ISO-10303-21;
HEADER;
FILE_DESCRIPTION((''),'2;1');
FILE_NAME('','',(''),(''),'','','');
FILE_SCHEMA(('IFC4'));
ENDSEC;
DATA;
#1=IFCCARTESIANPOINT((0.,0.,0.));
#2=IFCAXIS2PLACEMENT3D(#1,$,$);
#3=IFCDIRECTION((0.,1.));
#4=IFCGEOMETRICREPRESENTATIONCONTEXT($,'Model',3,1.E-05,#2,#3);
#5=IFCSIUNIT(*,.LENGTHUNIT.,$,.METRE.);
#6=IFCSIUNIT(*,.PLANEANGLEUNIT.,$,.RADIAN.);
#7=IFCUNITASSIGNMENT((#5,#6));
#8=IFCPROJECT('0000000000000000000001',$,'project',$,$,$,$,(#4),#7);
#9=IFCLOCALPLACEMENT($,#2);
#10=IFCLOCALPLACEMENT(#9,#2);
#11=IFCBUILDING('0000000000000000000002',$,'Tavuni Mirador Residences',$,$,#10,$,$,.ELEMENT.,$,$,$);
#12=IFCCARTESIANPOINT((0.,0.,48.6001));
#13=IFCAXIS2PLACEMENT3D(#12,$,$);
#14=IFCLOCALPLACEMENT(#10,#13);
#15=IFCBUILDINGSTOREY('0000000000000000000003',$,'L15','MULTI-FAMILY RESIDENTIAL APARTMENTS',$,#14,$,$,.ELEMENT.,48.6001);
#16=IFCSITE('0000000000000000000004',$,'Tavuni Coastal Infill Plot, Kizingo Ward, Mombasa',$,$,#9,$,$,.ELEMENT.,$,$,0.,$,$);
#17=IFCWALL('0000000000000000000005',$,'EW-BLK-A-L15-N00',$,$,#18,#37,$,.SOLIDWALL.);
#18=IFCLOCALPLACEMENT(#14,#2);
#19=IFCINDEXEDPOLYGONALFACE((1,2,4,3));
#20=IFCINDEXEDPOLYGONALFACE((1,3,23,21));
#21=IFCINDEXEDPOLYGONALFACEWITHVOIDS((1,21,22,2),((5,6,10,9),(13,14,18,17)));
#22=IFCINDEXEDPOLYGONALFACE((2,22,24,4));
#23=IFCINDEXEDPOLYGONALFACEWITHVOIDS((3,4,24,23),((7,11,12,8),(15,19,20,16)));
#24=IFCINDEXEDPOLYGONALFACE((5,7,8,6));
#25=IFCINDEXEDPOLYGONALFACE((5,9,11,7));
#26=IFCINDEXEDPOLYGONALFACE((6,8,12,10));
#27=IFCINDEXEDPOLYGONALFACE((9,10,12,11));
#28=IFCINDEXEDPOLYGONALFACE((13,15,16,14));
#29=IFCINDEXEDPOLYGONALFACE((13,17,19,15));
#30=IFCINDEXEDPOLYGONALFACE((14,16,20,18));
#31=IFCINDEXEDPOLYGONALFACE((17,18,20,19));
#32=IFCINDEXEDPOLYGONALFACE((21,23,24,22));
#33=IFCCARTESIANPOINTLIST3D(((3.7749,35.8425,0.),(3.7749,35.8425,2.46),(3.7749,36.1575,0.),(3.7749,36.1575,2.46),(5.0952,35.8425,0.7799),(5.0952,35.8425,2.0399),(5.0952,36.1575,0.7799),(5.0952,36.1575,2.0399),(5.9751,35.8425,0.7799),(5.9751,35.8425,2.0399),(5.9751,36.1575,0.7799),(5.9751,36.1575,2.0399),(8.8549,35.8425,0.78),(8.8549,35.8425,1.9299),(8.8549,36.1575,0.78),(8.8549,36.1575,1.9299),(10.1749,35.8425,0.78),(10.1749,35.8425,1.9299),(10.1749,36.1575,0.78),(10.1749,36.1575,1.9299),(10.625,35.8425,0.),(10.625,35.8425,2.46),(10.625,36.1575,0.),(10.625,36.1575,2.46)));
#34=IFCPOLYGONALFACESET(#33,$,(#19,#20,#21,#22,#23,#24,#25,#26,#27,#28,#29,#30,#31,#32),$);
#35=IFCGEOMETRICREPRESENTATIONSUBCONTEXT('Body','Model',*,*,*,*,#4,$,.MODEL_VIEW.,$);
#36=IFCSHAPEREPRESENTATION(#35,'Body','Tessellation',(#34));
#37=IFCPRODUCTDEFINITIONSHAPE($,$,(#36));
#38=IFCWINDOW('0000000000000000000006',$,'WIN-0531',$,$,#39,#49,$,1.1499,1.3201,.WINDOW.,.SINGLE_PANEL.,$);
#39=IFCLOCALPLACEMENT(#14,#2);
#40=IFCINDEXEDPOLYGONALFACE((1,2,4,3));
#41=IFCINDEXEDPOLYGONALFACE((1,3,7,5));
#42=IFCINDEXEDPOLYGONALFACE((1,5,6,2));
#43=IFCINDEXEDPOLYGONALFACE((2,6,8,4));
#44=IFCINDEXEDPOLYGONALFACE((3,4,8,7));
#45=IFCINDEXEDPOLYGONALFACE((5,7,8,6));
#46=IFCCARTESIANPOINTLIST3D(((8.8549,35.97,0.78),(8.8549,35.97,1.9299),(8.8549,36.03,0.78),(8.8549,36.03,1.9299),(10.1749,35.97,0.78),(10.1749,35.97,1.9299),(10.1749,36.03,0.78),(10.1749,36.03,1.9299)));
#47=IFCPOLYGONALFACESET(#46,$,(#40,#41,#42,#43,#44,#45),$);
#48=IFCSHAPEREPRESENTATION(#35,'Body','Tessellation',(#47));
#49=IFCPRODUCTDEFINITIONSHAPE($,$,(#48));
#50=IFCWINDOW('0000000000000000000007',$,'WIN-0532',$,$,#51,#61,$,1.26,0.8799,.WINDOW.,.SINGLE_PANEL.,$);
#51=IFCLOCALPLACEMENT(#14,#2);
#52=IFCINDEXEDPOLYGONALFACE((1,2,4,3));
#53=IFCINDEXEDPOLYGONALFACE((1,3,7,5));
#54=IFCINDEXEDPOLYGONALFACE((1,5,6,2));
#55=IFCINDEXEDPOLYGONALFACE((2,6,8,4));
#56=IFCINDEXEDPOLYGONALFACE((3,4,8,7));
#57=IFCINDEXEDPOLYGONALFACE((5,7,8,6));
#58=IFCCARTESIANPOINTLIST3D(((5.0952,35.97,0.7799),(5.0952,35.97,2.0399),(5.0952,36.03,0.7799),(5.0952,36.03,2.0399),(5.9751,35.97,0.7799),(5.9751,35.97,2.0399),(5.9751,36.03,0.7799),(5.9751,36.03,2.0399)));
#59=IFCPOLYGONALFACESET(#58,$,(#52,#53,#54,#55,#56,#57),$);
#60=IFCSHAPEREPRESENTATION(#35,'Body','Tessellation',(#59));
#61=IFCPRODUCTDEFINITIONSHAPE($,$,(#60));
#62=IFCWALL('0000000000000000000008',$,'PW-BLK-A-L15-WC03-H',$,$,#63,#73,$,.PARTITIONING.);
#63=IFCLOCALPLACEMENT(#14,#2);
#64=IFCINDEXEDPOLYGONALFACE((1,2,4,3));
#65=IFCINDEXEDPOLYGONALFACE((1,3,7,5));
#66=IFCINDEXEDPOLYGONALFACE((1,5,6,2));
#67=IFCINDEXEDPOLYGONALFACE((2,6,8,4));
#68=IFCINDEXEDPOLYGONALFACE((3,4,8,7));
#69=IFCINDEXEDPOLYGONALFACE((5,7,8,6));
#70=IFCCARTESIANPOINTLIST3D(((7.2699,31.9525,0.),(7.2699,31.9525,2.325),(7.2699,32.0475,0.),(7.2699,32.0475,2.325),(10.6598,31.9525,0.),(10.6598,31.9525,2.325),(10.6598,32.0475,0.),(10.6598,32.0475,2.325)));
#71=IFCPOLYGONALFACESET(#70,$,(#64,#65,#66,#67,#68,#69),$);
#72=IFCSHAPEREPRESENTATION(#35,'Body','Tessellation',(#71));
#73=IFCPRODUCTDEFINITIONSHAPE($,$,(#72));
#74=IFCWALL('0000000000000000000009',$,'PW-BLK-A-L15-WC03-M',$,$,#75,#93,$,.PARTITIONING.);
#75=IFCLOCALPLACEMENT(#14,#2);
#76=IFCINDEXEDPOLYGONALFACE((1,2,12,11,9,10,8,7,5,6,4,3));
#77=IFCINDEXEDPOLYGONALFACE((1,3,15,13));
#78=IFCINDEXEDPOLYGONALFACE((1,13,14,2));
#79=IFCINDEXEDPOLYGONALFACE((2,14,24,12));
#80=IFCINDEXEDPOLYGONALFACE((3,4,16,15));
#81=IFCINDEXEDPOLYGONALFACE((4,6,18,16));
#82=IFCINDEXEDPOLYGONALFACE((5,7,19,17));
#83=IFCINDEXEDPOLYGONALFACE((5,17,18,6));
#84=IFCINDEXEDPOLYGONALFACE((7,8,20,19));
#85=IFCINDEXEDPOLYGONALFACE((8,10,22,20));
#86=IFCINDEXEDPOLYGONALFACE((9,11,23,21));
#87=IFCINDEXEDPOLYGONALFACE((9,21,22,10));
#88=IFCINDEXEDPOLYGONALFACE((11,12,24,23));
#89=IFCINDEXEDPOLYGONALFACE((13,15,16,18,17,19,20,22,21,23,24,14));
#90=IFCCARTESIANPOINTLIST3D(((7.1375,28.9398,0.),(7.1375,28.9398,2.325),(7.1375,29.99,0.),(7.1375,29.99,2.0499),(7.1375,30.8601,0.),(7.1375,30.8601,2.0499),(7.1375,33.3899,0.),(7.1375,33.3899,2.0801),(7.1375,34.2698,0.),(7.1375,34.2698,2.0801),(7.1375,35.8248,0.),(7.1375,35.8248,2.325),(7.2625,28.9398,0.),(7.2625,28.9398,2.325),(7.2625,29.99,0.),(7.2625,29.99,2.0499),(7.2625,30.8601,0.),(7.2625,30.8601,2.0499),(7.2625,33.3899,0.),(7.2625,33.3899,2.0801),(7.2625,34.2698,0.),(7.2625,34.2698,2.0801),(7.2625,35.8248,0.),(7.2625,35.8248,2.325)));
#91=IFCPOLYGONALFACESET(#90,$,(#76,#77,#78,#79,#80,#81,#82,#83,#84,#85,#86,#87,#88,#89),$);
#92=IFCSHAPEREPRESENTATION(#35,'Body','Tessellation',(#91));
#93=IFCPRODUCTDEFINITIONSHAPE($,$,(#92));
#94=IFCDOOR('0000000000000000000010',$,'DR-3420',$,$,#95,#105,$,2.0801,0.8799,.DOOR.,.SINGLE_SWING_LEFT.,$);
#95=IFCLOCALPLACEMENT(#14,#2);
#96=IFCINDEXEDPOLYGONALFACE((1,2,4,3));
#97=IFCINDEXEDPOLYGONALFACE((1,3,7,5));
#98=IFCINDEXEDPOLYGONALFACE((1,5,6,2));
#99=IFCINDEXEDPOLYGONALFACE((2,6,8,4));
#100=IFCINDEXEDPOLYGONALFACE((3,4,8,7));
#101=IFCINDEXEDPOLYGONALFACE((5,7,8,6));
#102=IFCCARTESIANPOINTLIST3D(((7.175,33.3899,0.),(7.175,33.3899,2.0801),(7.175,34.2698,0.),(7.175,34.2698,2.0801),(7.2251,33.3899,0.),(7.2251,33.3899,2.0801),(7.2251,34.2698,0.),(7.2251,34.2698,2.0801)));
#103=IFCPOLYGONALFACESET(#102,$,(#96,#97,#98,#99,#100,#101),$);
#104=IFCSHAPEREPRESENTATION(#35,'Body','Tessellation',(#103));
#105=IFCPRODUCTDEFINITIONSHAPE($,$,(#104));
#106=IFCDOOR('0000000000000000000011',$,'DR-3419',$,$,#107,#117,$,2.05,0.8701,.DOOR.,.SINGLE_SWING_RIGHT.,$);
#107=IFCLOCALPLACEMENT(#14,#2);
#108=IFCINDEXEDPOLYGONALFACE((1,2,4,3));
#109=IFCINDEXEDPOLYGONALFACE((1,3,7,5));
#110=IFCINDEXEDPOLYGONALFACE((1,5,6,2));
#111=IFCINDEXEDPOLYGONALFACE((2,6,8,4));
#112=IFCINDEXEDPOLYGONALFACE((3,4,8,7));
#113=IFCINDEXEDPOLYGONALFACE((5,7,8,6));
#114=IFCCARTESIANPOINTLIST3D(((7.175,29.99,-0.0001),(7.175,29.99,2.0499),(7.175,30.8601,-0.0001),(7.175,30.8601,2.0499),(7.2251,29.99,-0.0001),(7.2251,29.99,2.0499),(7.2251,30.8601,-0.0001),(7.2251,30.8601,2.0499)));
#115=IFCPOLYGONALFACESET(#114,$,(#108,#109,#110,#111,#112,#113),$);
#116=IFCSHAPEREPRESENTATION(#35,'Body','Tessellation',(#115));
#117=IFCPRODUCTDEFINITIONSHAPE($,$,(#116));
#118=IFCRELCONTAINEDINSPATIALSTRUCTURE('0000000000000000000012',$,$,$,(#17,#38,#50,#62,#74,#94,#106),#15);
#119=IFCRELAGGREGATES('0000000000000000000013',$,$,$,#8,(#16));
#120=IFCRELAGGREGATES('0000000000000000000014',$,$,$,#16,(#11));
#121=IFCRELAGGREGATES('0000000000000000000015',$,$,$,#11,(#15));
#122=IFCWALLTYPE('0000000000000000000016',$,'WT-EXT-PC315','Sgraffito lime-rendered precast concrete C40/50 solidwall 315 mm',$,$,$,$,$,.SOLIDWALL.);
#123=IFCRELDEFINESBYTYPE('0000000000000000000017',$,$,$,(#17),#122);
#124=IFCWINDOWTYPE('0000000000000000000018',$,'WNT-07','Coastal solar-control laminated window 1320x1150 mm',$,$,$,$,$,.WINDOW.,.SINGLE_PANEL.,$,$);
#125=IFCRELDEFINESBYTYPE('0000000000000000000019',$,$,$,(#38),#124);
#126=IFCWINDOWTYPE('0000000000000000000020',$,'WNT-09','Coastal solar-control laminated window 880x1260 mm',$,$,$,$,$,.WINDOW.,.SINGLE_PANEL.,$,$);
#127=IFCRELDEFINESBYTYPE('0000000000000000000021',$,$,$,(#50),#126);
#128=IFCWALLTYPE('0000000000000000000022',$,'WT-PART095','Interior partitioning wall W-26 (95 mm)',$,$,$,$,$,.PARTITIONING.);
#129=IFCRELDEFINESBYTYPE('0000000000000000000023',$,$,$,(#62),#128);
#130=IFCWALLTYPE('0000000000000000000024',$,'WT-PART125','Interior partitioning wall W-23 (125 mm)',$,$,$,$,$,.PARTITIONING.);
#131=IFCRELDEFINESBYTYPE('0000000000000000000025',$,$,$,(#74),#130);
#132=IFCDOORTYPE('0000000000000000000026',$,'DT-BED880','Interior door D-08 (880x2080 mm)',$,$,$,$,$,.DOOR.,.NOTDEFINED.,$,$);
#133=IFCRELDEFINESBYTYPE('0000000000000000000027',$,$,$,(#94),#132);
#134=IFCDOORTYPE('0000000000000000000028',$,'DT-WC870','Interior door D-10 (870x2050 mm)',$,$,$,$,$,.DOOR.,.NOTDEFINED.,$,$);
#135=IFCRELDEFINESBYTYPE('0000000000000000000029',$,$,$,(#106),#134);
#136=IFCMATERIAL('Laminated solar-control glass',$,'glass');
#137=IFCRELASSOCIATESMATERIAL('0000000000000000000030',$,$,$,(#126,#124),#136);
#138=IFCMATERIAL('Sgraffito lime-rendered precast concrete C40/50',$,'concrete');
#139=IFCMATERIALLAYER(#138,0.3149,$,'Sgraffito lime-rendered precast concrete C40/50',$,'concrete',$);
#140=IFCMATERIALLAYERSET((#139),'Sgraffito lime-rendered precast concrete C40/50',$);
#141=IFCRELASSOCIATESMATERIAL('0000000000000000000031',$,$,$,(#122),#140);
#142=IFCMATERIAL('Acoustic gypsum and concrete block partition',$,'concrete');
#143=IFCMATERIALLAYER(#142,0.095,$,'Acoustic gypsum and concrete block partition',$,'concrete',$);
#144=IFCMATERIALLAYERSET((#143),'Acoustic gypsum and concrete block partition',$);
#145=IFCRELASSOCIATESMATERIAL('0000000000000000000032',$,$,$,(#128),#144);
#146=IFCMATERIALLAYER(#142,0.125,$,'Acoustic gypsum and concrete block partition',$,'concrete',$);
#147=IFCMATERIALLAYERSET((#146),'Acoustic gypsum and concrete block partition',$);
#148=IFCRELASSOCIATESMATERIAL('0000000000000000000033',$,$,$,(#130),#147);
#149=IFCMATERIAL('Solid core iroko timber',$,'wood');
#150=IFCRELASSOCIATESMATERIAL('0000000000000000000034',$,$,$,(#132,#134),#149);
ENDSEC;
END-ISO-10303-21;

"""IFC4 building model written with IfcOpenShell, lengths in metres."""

from ifc_helpers import new_model, si_unit, direction, frame, frame_2d, origin, place, context, subcontext, project, spatial, rectangle, extrude, material, layer, layer_set, type_object, element, fill, save


model = new_model("IFC4")

# Units and contexts
model_context = context("Model", 3, precision=1e-05, world=origin(), true_north=direction((0.0, 1.0)))
body_context = subcontext(model_context, "Body", "Model", "MODEL_VIEW")
ifc_project = project(units=[si_unit("LENGTHUNIT", "METRE"), si_unit("PLANEANGLEUNIT", "RADIAN")], contexts=[model_context])

# Site, building, storey
site_placement = place(None, origin())
site = spatial("IfcSite", under=ifc_project, at=site_placement, Name="Tavuni Coastal Infill Plot, Kizingo Ward, Mombasa", CompositionType="ELEMENT", RefElevation=0.0)
building_placement = place(site_placement, origin())
building = spatial("IfcBuilding", under=site, at=building_placement, Name="Tavuni Mirador Residences", CompositionType="ELEMENT")
storey_placement = place(building_placement, frame((0.0, 0.0, 48.6001)))
storey = spatial("IfcBuildingStorey", under=building, at=storey_placement, Name="L15", Description="MULTI-FAMILY RESIDENTIAL APARTMENTS", CompositionType="ELEMENT", Elevation=48.6001)

# Wall, openings, windows
ifc_material_1 = material(Name="Sgraffito lime-rendered precast concrete C40/50", Category="concrete")
ifc_material_2 = material(Name="Laminated solar-control glass", Category="glass")
window_type_1 = type_object("IfcWindowType", Name="WNT-09", Description="Coastal solar-control laminated window 880x1260 mm", PartitioningType="SINGLE_PANEL", PredefinedType="WINDOW", material=ifc_material_2)
ifc_layer_1 = layer(ifc_material_1, 0.3149, Name="Sgraffito lime-rendered precast concrete C40/50", Category="concrete")
ifc_layer_set_1 = layer_set([ifc_layer_1], Name="Sgraffito lime-rendered precast concrete C40/50")
wall_type_1 = type_object("IfcWallType", Name="WT-EXT-PC315", Description="Sgraffito lime-rendered precast concrete C40/50 solidwall 315 mm", PredefinedType="SOLIDWALL", material=ifc_layer_set_1)
wall_1_placement = place(storey_placement, frame((10.625, 36.0, 0.0), z_axis=(0.0, 0.0, 1.0), x_axis=(-1.0, 0.0, 0.0)))
wall_1 = element("IfcWall", 1, at=wall_1_placement, inside=storey, type_object=wall_type_1, Name="EW-BLK-A-L15-N00", PredefinedType="SOLIDWALL", context=body_context, shape_type="SweptSolid", body=[
    extrude(rectangle(XDim=6.8501, YDim=0.3149, at=frame_2d((3.425, 0.0))), origin(), (0.0, 0.0, 1.0), 2.46),
])
opening_1_placement = place(wall_1_placement, frame((0.45, 0.0, 0.78)))
opening_1 = element("IfcOpeningElement", 2, at=opening_1_placement, cuts=wall_1, PredefinedType="OPENING", context=body_context, shape_type="SweptSolid", body=[
    extrude(rectangle(XDim=1.3201, YDim=1.1499, at=frame_2d((0.6602, 0.575))), frame((0.0, 0.1675, 0.0), z_axis=(0.0, -1.0, 0.0), x_axis=(1.0, 0.0, 0.0)), (0.0, 0.0, 1.0), 0.335),
])
opening_2_placement = place(wall_1_placement, frame((4.6499, 0.0, 0.78)))
opening_2 = element("IfcOpeningElement", 3, at=opening_2_placement, cuts=wall_1, PredefinedType="OPENING", context=body_context, shape_type="SweptSolid", body=[
    extrude(rectangle(XDim=0.8799, YDim=1.26, at=frame_2d((0.4399, 0.6299))), frame((0.0, 0.1675, 0.0), z_axis=(0.0, -1.0, 0.0), x_axis=(1.0, 0.0, 0.0)), (0.0, 0.0, 1.0), 0.335),
])
window_type_2 = type_object("IfcWindowType", Name="WNT-07", Description="Coastal solar-control laminated window 1320x1150 mm", PartitioningType="SINGLE_PANEL", PredefinedType="WINDOW", material=ifc_material_2)
window_1_placement = place(opening_1_placement, origin())
window_1 = element("IfcWindow", 4, at=window_1_placement, inside=storey, type_object=window_type_2, Name="WIN-0531", OverallHeight=1.1499, OverallWidth=1.3201, PartitioningType="SINGLE_PANEL", PredefinedType="WINDOW", context=body_context, shape_type="SweptSolid", body=[
    extrude(rectangle(XDim=1.3201, YDim=1.1499, at=frame_2d((0.6602, 0.575))), frame((0.0, 0.03, 0.0), z_axis=(0.0, -1.0, 0.0), x_axis=(1.0, 0.0, 0.0)), (0.0, 0.0, 1.0), 0.0601),
])
fill(opening_1, window_1)
window_2_placement = place(opening_2_placement, origin())
window_2 = element("IfcWindow", 5, at=window_2_placement, inside=storey, type_object=window_type_1, Name="WIN-0532", OverallHeight=1.26, OverallWidth=0.8799, PartitioningType="SINGLE_PANEL", PredefinedType="WINDOW", context=body_context, shape_type="SweptSolid", body=[
    extrude(rectangle(XDim=0.8799, YDim=1.26, at=frame_2d((0.4399, 0.6299))), frame((0.0, 0.03, 0.0), z_axis=(0.0, -1.0, 0.0), x_axis=(1.0, 0.0, 0.0)), (0.0, 0.0, 1.0), 0.0601),
])
fill(opening_2, window_2)

# Wall
ifc_material_3 = material(Name="Acoustic gypsum and concrete block partition", Category="concrete")
ifc_layer_2 = layer(ifc_material_3, 0.095, Name="Acoustic gypsum and concrete block partition", Category="concrete")
ifc_layer_set_2 = layer_set([ifc_layer_2], Name="Acoustic gypsum and concrete block partition")
wall_type_2 = type_object("IfcWallType", Name="WT-PART095", Description="Interior partitioning wall W-26 (95 mm)", PredefinedType="PARTITIONING", material=ifc_layer_set_2)
wall_2_placement = place(storey_placement, frame((7.27, 32.0, 0.0), z_axis=(0.0, 0.0, 1.0), x_axis=(1.0, 0.0, 0.0)))
element("IfcWall", 6, at=wall_2_placement, inside=storey, type_object=wall_type_2, Name="PW-BLK-A-L15-WC03-H", PredefinedType="PARTITIONING", context=body_context, shape_type="SweptSolid", body=[
    extrude(rectangle(XDim=3.3899, YDim=0.095, at=frame_2d((1.6948, 0.0))), origin(), (0.0, 0.0, 1.0), 2.325),
])

# Wall, openings, doors
ifc_layer_3 = layer(ifc_material_3, 0.125, Name="Acoustic gypsum and concrete block partition", Category="concrete")
ifc_layer_set_3 = layer_set([ifc_layer_3], Name="Acoustic gypsum and concrete block partition")
wall_type_3 = type_object("IfcWallType", Name="WT-PART125", Description="Interior partitioning wall W-23 (125 mm)", PredefinedType="PARTITIONING", material=ifc_layer_set_3)
wall_3_placement = place(storey_placement, frame((7.2, 28.9399, 0.0), z_axis=(0.0, 0.0, 1.0), x_axis=(0.0, 1.0, 0.0)))
wall_3 = element("IfcWall", 7, at=wall_3_placement, inside=storey, type_object=wall_type_3, Name="PW-BLK-A-L15-WC03-M", PredefinedType="PARTITIONING", context=body_context, shape_type="SweptSolid", body=[
    extrude(rectangle(XDim=6.885, YDim=0.125, at=frame_2d((3.4424, 0.0))), origin(), (0.0, 0.0, 1.0), 2.325),
])
opening_3_placement = place(wall_3_placement, frame((1.05, 0.0, 0.0)))
opening_3 = element("IfcOpeningElement", 8, at=opening_3_placement, cuts=wall_3, PredefinedType="OPENING", context=body_context, shape_type="SweptSolid", body=[
    extrude(rectangle(XDim=0.8701, YDim=2.05, at=frame_2d((0.4351, 1.0249))), frame((0.0, 0.0725, 0.0), z_axis=(0.0, -1.0, 0.0), x_axis=(1.0, 0.0, 0.0)), (0.0, 0.0, 1.0), 0.145),
])
opening_4_placement = place(wall_3_placement, frame((4.45, 0.0, 0.0)))
opening_4 = element("IfcOpeningElement", 9, at=opening_4_placement, cuts=wall_3, PredefinedType="OPENING", context=body_context, shape_type="SweptSolid", body=[
    extrude(rectangle(XDim=0.8799, YDim=2.0801, at=frame_2d((0.4399, 1.04))), frame((0.0, 0.0725, 0.0), z_axis=(0.0, -1.0, 0.0), x_axis=(1.0, 0.0, 0.0)), (0.0, 0.0, 1.0), 0.145),
])
ifc_material_4 = material(Name="Solid core iroko timber", Category="wood")
door_type_1 = type_object("IfcDoorType", Name="DT-BED880", Description="Interior door D-08 (880x2080 mm)", OperationType="NOTDEFINED", PredefinedType="DOOR", material=ifc_material_4)
door_1_placement = place(opening_4_placement, origin())
door_1 = element("IfcDoor", 10, at=door_1_placement, inside=storey, type_object=door_type_1, Name="DR-3420", OperationType="SINGLE_SWING_LEFT", OverallHeight=2.0801, OverallWidth=0.8799, PredefinedType="DOOR", context=body_context, shape_type="SweptSolid", body=[
    extrude(rectangle(XDim=0.8799, YDim=2.0801, at=frame_2d((0.4399, 1.04))), frame((0.0, 0.0249, 0.0), z_axis=(0.0, -1.0, 0.0), x_axis=(1.0, 0.0, 0.0)), (0.0, 0.0, 1.0), 0.05),
])
fill(opening_4, door_1)
door_type_2 = type_object("IfcDoorType", Name="DT-WC870", Description="Interior door D-10 (870x2050 mm)", OperationType="NOTDEFINED", PredefinedType="DOOR", material=ifc_material_4)
door_2_placement = place(opening_3_placement, origin())
door_2 = element("IfcDoor", 11, at=door_2_placement, inside=storey, type_object=door_type_2, Name="DR-3419", OperationType="SINGLE_SWING_RIGHT", OverallHeight=2.05, OverallWidth=0.8701, PredefinedType="DOOR", context=body_context, shape_type="SweptSolid", body=[
    extrude(rectangle(XDim=0.8701, YDim=2.05, at=frame_2d((0.4351, 1.0249))), frame((0.0, 0.0249, 0.0), z_axis=(0.0, -1.0, 0.0), x_axis=(1.0, 0.0, 0.0)), (0.0, 0.0, 1.0), 0.05),
])
fill(opening_3, door_2)

save(model, "model.ifc")
